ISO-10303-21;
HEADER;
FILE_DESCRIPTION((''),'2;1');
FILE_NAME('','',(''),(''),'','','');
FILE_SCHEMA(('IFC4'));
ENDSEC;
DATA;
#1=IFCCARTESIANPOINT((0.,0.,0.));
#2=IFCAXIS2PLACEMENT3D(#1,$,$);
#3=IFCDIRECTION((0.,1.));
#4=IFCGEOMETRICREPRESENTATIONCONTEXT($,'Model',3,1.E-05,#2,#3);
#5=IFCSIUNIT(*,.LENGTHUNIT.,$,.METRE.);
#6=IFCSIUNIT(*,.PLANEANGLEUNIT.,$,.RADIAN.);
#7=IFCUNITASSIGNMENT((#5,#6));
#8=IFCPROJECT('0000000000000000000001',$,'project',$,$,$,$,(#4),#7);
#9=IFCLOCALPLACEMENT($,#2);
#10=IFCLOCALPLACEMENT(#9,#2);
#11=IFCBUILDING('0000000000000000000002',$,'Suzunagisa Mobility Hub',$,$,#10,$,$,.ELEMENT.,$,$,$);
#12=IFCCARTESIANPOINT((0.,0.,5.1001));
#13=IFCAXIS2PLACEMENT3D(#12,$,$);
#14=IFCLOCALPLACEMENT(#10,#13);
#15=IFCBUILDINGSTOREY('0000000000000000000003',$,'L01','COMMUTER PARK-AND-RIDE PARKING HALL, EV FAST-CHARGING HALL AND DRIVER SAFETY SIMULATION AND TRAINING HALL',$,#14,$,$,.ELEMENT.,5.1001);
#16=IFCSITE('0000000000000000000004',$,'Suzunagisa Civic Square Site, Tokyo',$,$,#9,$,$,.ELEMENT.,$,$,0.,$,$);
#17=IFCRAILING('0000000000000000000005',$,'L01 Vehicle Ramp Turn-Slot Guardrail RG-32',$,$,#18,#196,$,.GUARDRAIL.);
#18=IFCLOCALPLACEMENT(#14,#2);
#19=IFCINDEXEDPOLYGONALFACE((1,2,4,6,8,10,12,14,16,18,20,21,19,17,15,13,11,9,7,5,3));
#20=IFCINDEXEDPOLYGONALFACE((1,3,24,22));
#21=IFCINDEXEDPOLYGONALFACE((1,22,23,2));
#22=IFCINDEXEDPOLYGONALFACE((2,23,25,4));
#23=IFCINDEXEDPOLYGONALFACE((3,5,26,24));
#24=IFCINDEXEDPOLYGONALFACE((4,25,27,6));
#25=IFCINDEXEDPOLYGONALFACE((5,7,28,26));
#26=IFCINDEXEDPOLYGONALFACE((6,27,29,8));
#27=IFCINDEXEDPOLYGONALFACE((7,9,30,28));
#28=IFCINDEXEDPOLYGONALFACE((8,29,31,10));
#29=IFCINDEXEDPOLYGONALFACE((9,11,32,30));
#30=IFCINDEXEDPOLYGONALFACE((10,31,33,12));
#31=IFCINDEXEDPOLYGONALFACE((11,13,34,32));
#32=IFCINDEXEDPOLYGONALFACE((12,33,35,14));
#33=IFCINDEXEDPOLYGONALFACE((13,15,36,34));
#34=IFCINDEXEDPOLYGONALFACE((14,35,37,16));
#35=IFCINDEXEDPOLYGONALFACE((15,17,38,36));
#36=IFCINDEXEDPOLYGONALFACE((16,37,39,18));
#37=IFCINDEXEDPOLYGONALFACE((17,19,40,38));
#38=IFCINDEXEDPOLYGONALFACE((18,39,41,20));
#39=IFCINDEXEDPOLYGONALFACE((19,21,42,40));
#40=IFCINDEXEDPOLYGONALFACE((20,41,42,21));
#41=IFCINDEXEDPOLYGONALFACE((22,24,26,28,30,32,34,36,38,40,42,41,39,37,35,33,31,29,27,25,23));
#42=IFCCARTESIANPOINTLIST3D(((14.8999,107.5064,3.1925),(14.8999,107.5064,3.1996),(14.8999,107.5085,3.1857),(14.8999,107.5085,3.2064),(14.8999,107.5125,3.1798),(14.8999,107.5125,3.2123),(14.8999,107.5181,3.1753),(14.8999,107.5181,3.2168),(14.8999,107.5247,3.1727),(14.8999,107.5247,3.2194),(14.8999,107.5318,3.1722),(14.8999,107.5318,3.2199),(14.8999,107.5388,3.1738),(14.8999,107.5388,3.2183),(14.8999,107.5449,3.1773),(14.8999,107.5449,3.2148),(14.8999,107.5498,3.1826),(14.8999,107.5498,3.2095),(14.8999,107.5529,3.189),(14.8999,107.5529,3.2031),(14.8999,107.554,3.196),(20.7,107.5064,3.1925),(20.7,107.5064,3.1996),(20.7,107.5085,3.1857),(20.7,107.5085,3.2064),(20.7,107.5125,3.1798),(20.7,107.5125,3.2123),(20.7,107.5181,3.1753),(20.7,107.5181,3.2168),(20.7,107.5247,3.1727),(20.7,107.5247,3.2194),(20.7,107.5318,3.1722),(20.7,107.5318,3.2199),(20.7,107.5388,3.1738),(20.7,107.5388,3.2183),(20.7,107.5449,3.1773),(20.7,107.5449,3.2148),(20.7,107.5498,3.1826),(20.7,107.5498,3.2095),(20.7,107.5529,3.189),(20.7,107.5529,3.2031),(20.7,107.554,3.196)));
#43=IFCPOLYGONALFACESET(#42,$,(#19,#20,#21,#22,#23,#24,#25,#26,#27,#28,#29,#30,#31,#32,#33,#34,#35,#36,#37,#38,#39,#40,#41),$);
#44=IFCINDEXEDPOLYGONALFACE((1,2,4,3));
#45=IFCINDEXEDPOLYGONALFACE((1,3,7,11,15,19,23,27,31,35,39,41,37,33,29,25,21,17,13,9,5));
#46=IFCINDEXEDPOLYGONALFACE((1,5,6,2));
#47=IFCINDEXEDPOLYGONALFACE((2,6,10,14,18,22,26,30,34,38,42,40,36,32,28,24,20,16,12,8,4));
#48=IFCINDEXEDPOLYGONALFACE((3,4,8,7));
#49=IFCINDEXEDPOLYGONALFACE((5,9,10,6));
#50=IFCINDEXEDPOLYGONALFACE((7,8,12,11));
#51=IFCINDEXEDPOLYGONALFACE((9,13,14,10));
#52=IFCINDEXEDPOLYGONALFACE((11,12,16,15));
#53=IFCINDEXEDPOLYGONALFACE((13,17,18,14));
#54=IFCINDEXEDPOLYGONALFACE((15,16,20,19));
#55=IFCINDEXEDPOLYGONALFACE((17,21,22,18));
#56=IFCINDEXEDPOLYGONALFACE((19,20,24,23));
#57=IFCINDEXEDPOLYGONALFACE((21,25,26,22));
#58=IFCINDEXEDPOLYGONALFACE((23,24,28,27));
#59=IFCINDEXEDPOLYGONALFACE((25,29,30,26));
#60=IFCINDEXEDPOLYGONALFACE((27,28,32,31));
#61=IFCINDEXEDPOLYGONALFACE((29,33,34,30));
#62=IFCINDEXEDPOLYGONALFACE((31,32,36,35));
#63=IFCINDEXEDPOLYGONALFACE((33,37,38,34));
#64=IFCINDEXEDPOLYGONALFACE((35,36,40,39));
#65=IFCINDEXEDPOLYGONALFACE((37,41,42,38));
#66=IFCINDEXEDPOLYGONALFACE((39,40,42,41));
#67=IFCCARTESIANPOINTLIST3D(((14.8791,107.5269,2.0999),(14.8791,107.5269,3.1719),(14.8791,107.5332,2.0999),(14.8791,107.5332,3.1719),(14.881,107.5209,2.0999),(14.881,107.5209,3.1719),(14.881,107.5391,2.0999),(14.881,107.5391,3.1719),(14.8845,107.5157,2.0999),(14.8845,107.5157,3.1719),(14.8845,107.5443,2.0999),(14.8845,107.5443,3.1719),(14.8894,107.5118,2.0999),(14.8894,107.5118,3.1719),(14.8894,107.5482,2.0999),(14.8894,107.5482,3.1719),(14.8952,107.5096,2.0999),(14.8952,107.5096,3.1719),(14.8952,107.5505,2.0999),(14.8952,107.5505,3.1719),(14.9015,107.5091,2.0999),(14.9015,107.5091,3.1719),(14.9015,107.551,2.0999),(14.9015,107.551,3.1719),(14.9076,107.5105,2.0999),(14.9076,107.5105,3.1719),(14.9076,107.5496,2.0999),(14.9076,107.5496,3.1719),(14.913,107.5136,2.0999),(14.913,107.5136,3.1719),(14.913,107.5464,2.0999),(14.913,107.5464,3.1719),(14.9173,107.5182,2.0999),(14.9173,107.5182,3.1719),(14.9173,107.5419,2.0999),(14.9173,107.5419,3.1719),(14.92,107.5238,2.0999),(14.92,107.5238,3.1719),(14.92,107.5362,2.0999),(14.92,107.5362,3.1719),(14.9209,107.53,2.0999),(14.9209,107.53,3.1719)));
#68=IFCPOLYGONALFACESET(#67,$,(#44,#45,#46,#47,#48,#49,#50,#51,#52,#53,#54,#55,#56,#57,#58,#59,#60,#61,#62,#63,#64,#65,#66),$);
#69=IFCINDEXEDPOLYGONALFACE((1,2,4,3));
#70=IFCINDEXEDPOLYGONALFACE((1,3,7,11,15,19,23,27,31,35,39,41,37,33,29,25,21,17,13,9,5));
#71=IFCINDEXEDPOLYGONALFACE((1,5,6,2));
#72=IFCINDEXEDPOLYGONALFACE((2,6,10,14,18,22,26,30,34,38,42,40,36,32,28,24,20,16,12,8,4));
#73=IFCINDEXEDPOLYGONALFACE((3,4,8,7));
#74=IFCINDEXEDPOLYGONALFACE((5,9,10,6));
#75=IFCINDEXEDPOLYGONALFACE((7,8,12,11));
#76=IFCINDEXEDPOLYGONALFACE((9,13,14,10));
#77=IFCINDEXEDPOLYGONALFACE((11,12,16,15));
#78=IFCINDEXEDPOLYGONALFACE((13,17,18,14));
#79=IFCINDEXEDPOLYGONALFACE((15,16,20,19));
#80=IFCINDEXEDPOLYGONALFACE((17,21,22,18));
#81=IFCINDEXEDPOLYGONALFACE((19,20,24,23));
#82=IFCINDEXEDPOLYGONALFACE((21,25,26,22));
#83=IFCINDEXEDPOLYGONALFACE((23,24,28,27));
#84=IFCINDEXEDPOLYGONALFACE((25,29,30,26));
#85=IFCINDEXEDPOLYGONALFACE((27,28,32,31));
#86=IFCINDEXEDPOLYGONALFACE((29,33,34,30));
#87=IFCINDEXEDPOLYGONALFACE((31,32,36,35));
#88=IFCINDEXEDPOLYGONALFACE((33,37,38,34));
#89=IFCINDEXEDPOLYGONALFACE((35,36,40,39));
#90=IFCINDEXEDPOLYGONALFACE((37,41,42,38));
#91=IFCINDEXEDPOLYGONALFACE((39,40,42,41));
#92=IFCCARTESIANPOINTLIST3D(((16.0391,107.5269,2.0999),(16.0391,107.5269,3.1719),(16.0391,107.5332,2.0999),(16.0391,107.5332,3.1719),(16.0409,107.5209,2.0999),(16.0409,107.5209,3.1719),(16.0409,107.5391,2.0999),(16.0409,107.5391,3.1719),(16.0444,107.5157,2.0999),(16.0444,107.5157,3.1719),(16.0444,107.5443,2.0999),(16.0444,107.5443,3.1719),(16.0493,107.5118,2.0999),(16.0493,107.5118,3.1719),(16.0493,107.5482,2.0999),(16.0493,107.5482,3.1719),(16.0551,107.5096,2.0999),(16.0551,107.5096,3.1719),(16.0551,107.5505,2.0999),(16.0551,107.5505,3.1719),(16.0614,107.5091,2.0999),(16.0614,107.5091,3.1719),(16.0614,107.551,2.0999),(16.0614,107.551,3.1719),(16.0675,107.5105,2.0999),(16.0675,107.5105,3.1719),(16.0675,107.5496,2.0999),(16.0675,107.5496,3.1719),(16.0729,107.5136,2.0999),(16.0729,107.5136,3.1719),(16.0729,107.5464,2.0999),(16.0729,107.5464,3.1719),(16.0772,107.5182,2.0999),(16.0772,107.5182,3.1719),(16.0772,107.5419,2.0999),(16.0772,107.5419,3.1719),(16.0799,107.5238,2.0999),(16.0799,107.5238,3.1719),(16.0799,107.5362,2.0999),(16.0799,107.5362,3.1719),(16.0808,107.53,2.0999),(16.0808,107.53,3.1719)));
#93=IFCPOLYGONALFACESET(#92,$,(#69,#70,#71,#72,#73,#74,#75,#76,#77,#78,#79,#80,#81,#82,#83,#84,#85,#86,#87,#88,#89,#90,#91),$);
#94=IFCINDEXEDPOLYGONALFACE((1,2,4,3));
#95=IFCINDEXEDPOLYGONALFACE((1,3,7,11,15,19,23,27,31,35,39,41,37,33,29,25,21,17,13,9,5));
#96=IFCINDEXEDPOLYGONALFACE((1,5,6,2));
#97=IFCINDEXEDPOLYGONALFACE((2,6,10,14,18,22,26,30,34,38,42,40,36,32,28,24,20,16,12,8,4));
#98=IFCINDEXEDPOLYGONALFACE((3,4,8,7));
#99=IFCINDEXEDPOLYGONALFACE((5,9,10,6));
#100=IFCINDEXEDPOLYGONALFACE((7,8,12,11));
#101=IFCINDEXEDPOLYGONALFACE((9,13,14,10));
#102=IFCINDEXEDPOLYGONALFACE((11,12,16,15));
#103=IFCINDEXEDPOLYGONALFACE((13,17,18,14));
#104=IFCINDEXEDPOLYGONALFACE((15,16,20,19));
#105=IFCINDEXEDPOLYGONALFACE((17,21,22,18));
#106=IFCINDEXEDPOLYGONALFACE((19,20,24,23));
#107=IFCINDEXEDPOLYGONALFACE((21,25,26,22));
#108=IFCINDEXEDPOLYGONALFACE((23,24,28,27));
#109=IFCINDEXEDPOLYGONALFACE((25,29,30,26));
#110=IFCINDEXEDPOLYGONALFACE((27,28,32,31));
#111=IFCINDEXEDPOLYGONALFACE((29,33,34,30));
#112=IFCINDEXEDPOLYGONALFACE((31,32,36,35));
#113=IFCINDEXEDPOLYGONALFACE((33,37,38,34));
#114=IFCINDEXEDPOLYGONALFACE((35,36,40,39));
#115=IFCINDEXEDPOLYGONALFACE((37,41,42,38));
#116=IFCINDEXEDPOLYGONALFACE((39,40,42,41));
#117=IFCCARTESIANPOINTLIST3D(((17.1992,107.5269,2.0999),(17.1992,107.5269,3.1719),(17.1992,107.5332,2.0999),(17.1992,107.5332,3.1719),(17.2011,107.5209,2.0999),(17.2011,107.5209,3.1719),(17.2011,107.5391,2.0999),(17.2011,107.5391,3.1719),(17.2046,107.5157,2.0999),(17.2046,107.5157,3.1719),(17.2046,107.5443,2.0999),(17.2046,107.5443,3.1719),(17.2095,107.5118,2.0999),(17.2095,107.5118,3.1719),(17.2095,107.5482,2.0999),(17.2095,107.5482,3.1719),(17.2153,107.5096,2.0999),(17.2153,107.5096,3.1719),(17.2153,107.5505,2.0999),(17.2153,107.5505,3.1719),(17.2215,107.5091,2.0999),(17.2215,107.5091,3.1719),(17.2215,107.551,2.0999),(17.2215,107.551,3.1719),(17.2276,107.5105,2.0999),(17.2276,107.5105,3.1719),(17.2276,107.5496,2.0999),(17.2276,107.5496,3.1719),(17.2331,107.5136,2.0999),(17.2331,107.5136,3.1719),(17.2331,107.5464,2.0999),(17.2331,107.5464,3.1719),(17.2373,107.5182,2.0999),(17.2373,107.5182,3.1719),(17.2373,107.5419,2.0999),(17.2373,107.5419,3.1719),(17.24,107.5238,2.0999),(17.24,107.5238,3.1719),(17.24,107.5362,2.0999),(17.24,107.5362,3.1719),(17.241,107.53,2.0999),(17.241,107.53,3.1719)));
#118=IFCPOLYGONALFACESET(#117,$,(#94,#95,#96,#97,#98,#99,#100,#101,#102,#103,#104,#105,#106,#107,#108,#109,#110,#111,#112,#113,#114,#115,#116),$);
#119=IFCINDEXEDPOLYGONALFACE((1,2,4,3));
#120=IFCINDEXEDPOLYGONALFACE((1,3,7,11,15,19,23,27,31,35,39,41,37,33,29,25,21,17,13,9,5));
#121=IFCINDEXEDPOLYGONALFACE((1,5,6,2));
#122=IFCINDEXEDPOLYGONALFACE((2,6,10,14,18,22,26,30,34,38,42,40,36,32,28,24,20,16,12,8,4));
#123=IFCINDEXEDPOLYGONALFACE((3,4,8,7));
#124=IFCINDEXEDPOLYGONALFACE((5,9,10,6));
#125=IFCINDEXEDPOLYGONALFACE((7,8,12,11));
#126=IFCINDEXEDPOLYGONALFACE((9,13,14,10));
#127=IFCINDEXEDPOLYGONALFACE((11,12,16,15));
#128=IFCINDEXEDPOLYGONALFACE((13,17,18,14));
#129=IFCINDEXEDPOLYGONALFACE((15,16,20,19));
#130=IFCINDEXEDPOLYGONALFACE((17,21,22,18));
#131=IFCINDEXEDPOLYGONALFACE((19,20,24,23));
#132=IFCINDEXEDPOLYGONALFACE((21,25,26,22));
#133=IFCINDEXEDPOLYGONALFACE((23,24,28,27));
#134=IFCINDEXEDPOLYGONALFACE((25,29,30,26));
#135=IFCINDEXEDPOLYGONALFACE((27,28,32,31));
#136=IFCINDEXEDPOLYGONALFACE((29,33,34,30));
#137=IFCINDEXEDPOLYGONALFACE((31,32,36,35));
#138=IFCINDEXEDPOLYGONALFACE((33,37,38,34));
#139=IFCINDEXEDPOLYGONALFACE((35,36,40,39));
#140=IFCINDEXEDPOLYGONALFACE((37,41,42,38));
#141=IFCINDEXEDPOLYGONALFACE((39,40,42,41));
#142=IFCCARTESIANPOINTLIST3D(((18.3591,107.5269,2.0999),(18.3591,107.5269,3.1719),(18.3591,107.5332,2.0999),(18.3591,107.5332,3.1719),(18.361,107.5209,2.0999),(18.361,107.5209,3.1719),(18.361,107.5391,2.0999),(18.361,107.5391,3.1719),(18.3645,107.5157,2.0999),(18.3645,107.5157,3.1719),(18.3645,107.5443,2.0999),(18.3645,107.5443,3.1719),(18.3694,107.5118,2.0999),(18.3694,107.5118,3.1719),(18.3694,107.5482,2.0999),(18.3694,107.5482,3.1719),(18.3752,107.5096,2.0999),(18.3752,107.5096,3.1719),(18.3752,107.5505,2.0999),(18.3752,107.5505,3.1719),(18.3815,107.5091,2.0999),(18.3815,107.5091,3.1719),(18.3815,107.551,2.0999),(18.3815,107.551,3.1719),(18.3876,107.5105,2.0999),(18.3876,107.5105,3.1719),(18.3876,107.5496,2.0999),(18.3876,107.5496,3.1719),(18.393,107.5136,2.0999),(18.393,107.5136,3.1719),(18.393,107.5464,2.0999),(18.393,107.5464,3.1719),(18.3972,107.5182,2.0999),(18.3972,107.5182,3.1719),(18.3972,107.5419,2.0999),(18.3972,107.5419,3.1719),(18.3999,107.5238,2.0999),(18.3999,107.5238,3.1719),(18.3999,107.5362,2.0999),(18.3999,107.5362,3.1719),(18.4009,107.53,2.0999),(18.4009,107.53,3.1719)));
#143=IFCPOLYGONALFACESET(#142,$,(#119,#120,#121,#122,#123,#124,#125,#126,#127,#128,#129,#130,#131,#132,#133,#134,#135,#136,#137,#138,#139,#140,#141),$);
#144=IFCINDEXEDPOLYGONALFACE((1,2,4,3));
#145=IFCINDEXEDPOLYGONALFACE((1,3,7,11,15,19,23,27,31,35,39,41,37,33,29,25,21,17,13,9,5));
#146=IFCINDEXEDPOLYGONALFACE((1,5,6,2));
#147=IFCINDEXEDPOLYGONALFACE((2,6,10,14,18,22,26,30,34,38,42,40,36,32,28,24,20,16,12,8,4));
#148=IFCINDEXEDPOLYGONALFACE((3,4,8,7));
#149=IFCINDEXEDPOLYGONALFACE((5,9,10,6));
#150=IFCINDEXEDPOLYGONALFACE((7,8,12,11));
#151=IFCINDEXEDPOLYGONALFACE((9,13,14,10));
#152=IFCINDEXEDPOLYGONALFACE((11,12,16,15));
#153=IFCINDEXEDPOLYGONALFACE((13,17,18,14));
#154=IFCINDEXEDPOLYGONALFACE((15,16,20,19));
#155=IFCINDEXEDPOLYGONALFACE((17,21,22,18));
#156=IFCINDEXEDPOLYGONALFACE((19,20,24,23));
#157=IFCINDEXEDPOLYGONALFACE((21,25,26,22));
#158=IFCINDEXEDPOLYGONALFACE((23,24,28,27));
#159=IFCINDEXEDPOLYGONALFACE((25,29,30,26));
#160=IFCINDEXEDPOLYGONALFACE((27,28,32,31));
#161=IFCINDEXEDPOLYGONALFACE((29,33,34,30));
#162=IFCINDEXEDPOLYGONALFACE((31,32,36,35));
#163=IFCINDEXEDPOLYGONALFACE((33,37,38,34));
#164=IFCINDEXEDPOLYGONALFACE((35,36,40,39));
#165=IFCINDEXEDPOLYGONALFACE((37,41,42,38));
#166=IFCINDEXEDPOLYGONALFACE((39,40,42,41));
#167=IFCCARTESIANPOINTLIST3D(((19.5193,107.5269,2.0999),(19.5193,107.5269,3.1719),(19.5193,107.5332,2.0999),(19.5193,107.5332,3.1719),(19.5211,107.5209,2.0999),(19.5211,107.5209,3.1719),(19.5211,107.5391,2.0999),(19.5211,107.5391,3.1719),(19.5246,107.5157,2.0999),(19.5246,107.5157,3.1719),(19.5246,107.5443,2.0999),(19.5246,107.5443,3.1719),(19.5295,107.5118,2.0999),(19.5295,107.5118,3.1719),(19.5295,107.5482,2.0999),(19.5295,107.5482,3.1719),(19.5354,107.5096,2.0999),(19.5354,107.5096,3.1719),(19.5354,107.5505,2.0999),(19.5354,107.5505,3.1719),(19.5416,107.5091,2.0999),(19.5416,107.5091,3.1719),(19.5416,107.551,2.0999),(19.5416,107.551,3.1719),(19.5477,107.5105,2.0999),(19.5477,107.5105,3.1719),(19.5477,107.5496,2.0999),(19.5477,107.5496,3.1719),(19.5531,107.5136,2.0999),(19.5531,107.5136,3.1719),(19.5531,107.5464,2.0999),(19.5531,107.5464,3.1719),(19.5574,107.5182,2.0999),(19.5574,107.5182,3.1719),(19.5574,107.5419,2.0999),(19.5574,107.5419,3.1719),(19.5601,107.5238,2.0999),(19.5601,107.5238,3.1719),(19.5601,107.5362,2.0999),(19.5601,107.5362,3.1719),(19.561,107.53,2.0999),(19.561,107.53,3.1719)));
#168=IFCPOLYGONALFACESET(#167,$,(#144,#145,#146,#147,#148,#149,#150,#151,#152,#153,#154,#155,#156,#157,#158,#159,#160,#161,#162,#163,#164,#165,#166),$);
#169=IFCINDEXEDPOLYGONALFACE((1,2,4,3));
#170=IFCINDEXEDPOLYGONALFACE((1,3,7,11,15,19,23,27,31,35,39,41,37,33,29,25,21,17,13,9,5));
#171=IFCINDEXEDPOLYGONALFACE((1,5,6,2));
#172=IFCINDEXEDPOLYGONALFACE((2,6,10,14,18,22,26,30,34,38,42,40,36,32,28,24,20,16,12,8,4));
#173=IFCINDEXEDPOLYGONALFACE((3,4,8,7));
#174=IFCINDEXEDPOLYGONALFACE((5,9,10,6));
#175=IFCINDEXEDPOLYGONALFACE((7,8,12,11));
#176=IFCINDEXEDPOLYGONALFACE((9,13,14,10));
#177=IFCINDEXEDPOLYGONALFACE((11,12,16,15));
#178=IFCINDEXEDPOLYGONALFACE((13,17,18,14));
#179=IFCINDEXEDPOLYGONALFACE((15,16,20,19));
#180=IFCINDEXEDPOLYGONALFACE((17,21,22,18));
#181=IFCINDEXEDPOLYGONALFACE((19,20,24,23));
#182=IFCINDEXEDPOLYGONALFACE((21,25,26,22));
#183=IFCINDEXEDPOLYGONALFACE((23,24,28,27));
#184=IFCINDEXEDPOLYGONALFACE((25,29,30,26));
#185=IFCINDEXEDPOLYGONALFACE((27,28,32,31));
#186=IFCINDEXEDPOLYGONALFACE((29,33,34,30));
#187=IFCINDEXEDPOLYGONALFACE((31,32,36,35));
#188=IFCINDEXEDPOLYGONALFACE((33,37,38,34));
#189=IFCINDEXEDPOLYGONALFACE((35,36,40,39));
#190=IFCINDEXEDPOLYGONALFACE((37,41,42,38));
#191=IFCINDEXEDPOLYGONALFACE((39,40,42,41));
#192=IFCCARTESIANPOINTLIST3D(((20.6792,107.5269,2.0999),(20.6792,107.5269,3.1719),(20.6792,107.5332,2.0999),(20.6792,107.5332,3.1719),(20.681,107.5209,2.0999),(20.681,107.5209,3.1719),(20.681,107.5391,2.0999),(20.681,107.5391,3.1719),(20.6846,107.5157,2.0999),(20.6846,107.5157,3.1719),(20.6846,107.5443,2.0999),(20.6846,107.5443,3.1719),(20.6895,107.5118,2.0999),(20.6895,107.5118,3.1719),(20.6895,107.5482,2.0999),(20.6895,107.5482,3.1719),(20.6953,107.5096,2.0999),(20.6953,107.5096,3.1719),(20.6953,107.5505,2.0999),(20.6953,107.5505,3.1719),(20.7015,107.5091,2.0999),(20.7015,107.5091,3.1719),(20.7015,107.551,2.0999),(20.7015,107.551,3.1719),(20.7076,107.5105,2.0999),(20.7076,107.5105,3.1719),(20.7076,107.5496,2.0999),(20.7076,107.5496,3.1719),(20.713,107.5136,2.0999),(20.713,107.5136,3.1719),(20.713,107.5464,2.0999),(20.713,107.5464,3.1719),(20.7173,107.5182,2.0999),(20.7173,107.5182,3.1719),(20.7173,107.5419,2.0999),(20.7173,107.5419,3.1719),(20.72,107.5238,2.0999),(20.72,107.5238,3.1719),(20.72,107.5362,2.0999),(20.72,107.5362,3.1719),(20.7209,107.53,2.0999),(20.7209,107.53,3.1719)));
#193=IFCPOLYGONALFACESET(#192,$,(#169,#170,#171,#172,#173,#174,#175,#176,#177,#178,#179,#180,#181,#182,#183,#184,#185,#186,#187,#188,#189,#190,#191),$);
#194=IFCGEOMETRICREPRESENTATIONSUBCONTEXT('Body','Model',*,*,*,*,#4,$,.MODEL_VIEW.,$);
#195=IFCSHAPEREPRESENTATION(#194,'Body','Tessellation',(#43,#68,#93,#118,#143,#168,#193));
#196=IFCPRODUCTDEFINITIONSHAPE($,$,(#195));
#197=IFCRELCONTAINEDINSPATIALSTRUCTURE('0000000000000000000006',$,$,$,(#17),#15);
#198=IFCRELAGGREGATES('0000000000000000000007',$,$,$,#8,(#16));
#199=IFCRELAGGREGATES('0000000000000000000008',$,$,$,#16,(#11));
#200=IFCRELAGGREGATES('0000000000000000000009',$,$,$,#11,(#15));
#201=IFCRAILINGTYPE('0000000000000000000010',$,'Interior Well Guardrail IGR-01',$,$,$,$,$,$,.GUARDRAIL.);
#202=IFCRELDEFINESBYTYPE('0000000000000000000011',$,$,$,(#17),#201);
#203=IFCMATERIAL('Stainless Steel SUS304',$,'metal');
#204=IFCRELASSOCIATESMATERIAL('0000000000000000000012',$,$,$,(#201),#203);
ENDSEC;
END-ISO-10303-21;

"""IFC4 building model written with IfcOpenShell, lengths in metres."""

from ifc_helpers import new_model, si_unit, direction, frame, origin, origin_2d, place, context, subcontext, project, spatial, circle, extrude, material, type_object, element, save


model = new_model("IFC4")

# Units and contexts
model_context = context("Model", 3, precision=1e-05, world=origin(), true_north=direction((0.0, 1.0)))
body_context = subcontext(model_context, "Body", "Model", "MODEL_VIEW")
ifc_project = project(units=[si_unit("LENGTHUNIT", "METRE"), si_unit("PLANEANGLEUNIT", "RADIAN")], contexts=[model_context])

# Site, building, storey
site_placement = place(None, origin())
site = spatial("IfcSite", under=ifc_project, at=site_placement, Name="Suzunagisa Civic Square Site, Tokyo", CompositionType="ELEMENT", RefElevation=0.0)
building_placement = place(site_placement, origin())
building = spatial("IfcBuilding", under=site, at=building_placement, Name="Suzunagisa Mobility Hub", CompositionType="ELEMENT")
storey_placement = place(building_placement, frame((0.0, 0.0, 5.1001)))
storey = spatial("IfcBuildingStorey", under=building, at=storey_placement, Name="L01", Description="COMMUTER PARK-AND-RIDE PARKING HALL, EV FAST-CHARGING HALL AND DRIVER SAFETY SIMULATION AND TRAINING HALL", CompositionType="ELEMENT", Elevation=5.1001)

# Railing
ifc_material_1 = material(Name="Stainless Steel SUS304", Category="metal")
railing_type = type_object("IfcRailingType", Name="Interior Well Guardrail IGR-01", PredefinedType="GUARDRAIL", material=ifc_material_1)
railing_1_placement = place(storey_placement, frame((14.8999, 107.53, 2.0999)))
element("IfcRailing", 1, at=railing_1_placement, inside=storey, type_object=railing_type, Name="L01 Vehicle Ramp Turn-Slot Guardrail RG-32", PredefinedType="GUARDRAIL", context=body_context, shape_type="SweptSolid", body=[
    extrude(circle(Radius=0.0239, at=origin_2d()), frame((0.0, 0.0, 1.0962), z_axis=(1.0, 0.0, 0.0), x_axis=(0.0, 1.0, 0.0)), (0.0, 0.0, 1.0), 5.8),
    extrude(circle(Radius=0.021, at=origin_2d()), origin(), (0.0, 0.0, 1.0), 1.072),
    extrude(circle(Radius=0.021, at=origin_2d()), frame((1.1599, 0.0, 0.0)), (0.0, 0.0, 1.0), 1.072),
    extrude(circle(Radius=0.021, at=origin_2d()), frame((2.3201, 0.0, 0.0)), (0.0, 0.0, 1.0), 1.072),
    extrude(circle(Radius=0.021, at=origin_2d()), frame((3.48, 0.0, 0.0)), (0.0, 0.0, 1.0), 1.072),
    extrude(circle(Radius=0.021, at=origin_2d()), frame((4.6401, 0.0, 0.0)), (0.0, 0.0, 1.0), 1.072),
    extrude(circle(Radius=0.021, at=origin_2d()), frame((5.8, 0.0, 0.0)), (0.0, 0.0, 1.0), 1.072),
])

save(model, "model.ifc")
